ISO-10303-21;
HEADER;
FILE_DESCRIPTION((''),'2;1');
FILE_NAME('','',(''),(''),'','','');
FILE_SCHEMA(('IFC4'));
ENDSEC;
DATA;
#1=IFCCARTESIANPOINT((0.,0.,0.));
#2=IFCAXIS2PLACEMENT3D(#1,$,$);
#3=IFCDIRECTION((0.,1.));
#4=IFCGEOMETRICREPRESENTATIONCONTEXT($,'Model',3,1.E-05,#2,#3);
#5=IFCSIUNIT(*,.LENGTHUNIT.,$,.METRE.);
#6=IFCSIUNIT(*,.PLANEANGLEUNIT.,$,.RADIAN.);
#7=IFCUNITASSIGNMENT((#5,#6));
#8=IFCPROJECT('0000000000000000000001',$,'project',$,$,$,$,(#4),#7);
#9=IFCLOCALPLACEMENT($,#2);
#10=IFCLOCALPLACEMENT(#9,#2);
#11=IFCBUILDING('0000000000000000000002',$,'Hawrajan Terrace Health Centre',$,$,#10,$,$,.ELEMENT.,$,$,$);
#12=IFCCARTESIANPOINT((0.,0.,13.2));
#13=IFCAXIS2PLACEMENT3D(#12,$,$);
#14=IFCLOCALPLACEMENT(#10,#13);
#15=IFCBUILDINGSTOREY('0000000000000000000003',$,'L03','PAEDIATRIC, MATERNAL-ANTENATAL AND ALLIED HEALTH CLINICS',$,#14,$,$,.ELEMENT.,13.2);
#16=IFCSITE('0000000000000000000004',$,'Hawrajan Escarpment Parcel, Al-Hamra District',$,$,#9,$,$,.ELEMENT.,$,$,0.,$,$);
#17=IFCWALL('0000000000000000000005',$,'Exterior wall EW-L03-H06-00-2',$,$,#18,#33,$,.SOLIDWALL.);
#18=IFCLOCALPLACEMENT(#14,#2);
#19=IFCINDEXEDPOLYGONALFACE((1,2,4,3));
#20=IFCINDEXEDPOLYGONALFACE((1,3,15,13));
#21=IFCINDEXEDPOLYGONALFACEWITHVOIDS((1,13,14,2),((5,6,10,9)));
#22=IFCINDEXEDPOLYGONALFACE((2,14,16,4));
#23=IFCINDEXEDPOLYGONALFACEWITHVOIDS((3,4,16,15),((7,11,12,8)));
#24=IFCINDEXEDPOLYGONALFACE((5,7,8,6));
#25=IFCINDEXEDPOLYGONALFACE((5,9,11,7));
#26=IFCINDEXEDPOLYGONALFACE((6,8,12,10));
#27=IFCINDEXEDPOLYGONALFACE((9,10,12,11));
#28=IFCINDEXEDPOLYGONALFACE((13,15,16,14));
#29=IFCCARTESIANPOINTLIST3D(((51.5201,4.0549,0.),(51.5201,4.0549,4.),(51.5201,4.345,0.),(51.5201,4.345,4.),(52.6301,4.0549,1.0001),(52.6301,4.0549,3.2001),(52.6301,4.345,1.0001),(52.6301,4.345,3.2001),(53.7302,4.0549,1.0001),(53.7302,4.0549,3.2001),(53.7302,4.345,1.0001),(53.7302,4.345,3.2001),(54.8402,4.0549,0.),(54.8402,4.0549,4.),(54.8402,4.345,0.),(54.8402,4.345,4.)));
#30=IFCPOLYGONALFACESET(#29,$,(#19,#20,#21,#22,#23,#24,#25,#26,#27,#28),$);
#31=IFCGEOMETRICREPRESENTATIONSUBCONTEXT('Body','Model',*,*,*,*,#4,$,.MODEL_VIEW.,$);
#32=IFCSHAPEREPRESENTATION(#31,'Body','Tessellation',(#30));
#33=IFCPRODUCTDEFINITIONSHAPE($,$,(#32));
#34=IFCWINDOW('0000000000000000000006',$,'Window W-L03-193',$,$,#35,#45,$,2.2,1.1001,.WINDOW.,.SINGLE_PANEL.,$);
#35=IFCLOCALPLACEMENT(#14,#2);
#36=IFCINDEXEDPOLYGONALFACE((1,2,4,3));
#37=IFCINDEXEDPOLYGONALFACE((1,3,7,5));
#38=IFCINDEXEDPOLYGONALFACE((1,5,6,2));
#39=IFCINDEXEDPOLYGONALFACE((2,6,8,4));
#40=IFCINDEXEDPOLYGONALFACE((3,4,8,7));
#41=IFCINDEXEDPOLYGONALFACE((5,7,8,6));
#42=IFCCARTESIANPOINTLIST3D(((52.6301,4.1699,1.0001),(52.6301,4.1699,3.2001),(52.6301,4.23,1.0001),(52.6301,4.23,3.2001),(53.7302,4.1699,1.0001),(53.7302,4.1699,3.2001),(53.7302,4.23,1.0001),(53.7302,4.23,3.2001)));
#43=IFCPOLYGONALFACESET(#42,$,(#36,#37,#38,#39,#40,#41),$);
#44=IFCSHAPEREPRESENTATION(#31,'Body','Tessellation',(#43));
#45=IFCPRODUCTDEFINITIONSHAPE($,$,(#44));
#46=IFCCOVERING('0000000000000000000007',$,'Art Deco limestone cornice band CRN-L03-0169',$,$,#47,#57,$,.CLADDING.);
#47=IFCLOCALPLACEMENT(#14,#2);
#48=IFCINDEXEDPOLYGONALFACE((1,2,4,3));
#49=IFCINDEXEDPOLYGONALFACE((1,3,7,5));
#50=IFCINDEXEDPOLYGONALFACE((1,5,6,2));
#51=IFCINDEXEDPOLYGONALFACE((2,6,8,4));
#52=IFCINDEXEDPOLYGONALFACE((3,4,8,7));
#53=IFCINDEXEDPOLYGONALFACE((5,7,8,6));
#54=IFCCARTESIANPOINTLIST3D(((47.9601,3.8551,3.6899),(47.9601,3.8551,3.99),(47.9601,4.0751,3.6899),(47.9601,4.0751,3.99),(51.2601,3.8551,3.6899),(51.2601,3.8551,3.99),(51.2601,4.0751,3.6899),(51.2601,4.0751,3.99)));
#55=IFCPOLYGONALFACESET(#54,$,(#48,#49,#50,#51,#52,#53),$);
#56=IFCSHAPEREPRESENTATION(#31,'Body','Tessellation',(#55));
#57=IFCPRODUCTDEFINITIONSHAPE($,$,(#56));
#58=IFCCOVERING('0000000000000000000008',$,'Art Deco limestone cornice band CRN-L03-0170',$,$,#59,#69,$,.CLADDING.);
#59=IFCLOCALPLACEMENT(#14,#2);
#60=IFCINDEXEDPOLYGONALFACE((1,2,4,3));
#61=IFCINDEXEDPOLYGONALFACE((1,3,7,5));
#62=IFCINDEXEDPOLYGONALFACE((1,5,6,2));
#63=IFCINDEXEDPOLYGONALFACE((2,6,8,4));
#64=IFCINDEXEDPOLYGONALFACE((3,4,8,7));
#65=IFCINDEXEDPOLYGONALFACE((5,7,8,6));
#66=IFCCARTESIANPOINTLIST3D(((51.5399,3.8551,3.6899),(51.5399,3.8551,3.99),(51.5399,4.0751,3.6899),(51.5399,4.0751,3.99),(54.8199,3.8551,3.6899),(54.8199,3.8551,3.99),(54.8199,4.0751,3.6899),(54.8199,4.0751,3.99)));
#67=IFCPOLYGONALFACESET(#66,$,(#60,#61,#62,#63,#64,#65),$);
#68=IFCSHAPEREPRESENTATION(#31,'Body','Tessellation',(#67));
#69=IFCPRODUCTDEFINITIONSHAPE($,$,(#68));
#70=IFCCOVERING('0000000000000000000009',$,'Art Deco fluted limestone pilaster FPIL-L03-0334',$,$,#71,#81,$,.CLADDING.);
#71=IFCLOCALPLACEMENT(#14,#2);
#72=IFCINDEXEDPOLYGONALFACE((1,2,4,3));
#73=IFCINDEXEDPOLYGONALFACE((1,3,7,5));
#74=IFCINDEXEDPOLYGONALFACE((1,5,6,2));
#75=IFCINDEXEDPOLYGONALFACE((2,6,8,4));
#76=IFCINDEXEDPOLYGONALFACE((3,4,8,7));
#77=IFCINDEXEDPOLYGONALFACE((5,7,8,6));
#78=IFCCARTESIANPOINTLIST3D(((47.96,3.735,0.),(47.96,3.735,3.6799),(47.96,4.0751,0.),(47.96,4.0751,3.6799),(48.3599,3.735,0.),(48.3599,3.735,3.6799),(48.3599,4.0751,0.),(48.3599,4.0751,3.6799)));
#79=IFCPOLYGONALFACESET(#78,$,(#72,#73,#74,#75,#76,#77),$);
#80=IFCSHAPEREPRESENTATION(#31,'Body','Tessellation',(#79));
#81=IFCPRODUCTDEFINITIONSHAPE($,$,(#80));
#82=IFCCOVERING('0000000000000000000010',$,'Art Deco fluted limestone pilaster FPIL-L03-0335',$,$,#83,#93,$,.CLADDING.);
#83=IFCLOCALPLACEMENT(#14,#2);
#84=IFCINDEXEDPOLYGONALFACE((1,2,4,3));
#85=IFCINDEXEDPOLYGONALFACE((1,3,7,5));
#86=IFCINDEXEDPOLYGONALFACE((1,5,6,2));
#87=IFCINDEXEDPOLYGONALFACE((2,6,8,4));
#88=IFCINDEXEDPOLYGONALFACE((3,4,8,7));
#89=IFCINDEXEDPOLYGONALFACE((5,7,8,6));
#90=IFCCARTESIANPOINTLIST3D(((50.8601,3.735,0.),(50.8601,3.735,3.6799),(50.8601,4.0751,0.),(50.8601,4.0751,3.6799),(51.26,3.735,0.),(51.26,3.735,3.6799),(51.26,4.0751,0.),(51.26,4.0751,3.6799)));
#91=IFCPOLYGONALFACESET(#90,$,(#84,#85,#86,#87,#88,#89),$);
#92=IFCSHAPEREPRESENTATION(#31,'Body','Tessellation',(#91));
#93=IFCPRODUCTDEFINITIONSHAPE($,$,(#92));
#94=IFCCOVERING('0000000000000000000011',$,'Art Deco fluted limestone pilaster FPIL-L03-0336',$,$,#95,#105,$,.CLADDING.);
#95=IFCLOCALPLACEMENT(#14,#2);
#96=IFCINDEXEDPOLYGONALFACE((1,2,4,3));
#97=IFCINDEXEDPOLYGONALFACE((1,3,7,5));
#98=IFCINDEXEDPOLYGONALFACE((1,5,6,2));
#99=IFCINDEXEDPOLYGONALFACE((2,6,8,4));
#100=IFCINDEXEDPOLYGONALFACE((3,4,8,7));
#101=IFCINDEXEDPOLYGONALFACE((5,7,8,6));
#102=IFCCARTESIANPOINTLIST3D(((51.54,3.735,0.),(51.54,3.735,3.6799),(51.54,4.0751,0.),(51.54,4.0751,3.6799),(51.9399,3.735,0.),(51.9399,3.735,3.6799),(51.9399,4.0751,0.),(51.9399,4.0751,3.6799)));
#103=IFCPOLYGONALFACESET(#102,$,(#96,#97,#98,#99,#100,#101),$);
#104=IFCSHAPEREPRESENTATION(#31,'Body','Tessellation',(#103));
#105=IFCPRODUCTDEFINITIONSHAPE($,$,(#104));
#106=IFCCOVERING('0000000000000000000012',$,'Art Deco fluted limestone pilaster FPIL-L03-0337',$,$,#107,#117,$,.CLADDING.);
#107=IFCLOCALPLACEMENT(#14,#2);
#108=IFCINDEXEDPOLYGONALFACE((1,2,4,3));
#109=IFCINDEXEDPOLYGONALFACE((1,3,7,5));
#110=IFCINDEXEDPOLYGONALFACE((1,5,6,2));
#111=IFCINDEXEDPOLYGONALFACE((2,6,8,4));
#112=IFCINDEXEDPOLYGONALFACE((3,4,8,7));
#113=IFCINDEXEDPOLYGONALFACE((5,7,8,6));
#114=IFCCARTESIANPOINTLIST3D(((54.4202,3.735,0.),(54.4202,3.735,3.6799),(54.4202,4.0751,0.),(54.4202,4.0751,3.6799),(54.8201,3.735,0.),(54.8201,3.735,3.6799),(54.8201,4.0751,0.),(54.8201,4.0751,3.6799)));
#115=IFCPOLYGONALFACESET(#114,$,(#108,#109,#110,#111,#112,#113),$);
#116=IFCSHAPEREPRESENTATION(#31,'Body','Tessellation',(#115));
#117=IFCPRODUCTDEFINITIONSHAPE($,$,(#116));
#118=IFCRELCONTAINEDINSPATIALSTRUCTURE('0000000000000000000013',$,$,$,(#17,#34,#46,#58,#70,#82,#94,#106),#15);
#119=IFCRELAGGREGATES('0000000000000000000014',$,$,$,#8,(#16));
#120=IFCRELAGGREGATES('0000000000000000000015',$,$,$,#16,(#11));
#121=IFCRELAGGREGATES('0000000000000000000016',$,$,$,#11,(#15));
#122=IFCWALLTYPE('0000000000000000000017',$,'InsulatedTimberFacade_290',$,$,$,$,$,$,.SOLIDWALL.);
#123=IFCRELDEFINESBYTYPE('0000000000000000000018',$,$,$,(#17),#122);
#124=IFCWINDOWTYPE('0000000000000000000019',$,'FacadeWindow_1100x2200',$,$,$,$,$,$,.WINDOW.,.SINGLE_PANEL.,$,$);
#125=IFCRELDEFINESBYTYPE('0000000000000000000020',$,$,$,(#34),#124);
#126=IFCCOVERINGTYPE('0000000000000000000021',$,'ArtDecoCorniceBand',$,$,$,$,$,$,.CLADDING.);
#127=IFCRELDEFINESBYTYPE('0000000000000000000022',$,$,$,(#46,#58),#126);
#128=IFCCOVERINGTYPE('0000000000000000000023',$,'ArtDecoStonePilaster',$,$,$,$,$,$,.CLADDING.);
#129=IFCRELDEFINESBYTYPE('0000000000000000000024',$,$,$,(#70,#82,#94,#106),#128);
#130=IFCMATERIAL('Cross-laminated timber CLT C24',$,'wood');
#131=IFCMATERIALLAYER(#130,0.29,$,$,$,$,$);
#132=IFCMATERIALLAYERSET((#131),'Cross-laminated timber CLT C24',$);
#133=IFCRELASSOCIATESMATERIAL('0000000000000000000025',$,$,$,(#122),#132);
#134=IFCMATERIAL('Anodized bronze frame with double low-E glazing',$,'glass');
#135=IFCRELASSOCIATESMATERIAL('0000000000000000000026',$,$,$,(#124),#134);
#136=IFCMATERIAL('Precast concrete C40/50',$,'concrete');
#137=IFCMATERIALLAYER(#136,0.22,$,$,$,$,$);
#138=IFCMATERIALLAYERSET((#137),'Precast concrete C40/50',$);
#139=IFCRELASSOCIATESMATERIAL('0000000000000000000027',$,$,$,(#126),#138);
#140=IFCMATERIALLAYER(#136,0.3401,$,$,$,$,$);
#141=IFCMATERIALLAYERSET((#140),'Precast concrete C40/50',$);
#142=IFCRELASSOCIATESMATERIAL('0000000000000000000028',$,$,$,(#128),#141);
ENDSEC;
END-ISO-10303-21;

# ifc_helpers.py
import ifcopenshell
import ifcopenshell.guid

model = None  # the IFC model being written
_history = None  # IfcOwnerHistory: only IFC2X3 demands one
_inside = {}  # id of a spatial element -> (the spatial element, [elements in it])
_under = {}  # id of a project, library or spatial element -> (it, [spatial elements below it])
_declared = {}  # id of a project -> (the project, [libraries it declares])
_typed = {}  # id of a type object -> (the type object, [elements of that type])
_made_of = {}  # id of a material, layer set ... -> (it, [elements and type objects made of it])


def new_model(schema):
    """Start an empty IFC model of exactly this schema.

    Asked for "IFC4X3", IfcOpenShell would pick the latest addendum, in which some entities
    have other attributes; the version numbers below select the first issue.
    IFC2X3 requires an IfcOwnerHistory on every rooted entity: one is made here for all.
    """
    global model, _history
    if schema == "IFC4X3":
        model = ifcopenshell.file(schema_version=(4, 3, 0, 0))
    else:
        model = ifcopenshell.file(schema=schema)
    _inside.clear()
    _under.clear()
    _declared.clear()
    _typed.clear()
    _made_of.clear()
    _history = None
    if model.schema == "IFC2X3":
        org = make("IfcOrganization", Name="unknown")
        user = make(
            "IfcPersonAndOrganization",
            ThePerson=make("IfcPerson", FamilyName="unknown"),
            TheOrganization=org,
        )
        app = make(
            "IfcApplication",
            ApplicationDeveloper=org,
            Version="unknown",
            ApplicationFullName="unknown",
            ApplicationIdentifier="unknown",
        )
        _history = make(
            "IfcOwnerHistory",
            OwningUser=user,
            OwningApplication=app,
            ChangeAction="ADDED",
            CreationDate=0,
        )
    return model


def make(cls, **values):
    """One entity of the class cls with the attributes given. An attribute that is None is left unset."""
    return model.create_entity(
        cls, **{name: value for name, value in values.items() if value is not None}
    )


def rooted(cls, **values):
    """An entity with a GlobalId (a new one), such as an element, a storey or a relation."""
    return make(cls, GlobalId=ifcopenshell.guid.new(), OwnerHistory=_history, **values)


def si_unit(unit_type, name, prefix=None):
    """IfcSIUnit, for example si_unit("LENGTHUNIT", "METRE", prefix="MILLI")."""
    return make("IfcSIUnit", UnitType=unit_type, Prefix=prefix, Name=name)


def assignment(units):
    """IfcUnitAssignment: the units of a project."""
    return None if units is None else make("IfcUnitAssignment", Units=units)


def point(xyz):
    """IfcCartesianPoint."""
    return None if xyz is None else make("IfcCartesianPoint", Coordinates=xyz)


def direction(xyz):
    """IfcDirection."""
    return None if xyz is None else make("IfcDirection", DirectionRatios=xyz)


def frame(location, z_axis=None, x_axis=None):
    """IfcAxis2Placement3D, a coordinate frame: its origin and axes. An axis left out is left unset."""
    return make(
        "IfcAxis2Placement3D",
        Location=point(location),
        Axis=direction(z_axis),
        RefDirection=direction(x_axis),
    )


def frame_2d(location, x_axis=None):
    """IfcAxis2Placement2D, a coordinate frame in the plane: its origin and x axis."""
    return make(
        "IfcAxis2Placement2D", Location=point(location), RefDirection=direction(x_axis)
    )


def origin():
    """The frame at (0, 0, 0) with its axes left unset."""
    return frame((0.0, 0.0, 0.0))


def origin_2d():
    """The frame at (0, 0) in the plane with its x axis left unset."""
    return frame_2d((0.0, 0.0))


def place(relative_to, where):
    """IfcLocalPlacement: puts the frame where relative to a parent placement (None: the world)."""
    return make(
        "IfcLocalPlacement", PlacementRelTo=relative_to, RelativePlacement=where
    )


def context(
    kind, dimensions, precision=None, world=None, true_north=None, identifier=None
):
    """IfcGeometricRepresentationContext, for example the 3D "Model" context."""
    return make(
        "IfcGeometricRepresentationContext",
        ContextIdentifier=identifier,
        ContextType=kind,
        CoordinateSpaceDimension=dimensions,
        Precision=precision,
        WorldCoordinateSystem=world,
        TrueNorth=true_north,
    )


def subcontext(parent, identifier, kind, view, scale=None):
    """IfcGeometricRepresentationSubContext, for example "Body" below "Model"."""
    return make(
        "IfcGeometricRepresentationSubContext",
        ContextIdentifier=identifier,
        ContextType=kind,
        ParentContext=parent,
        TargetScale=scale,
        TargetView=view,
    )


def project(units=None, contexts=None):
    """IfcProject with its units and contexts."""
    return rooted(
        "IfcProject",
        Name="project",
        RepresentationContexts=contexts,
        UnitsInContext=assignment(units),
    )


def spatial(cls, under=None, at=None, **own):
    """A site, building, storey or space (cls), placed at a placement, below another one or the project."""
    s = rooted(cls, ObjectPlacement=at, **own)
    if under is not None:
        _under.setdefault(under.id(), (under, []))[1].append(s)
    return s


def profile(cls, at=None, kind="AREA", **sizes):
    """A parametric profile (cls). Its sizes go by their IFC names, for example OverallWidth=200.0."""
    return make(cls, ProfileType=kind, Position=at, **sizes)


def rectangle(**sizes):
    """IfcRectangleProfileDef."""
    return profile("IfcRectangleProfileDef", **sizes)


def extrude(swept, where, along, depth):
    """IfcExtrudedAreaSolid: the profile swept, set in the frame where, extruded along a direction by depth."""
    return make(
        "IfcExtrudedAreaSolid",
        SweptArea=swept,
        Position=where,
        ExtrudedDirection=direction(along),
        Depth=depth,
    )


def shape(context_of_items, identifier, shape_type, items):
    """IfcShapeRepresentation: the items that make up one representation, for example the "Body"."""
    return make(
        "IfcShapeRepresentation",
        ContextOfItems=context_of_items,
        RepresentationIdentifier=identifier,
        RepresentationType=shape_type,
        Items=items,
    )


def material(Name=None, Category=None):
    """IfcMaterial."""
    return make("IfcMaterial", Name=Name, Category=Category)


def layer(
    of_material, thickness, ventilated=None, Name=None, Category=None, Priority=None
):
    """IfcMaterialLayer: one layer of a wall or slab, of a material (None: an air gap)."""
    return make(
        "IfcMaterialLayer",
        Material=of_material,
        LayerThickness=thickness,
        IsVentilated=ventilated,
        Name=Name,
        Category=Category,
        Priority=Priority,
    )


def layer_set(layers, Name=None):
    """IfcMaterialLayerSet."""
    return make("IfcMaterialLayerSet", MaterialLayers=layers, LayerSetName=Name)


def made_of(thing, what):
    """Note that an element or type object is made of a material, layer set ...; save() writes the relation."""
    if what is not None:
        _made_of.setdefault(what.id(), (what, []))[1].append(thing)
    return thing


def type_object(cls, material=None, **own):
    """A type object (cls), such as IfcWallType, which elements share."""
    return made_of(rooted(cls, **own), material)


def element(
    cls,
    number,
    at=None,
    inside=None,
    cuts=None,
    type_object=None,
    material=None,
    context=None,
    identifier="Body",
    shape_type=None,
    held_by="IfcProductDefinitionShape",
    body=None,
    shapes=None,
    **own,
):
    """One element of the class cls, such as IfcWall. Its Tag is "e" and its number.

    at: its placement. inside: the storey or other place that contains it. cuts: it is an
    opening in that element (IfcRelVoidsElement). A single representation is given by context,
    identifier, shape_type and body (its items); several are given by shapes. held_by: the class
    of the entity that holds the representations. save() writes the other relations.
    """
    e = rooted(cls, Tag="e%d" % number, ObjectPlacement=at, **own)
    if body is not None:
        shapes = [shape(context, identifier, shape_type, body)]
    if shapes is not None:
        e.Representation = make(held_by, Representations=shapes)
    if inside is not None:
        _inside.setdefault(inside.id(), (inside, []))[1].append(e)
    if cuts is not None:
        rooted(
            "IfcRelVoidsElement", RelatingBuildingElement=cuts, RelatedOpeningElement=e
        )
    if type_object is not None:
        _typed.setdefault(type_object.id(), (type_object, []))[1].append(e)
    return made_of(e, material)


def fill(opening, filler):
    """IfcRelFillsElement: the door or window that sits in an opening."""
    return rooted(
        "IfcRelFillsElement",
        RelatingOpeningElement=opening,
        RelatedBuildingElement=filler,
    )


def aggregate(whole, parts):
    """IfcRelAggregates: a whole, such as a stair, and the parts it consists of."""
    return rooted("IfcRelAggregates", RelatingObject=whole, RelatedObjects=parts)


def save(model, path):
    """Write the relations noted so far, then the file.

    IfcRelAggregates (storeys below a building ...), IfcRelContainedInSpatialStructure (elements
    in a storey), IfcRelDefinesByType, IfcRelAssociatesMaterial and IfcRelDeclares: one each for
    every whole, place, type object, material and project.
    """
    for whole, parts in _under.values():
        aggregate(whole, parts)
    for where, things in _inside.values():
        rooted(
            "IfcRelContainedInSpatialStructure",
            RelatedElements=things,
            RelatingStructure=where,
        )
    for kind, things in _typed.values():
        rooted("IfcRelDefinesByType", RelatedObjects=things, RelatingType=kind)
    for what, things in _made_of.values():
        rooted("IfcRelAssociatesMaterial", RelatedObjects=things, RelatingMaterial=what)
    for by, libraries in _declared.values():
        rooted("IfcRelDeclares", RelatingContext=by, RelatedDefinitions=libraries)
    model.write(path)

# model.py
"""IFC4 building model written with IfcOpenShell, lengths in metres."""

from ifc_helpers import new_model, si_unit, direction, frame, frame_2d, origin, origin_2d, place, context, subcontext, project, spatial, rectangle, extrude, material, layer, layer_set, type_object, element, fill, save


model = new_model("IFC4")

# Units and contexts
model_context = context("Model", 3, precision=1e-05, world=origin(), true_north=direction((0.0, 1.0)))
body_context = subcontext(model_context, "Body", "Model", "MODEL_VIEW")
ifc_project = project(units=[si_unit("LENGTHUNIT", "METRE"), si_unit("PLANEANGLEUNIT", "RADIAN")], contexts=[model_context])

# Site, building, storey
site_placement = place(None, origin())
site = spatial("IfcSite", under=ifc_project, at=site_placement, Name="Hawrajan Escarpment Parcel, Al-Hamra District", CompositionType="ELEMENT", RefElevation=0.0)
building_placement = place(site_placement, origin())
building = spatial("IfcBuilding", under=site, at=building_placement, Name="Hawrajan Terrace Health Centre", CompositionType="ELEMENT")
storey_placement = place(building_placement, frame((0.0, 0.0, 13.2)))
storey = spatial("IfcBuildingStorey", under=building, at=storey_placement, Name="L03", Description="PAEDIATRIC, MATERNAL-ANTENATAL AND ALLIED HEALTH CLINICS", CompositionType="ELEMENT", Elevation=13.2)

# Shared definitions
ifc_material_1 = material(Name="Cross-laminated timber CLT C24", Category="wood")

# Wall, opening, window
ifc_layer_1 = layer(ifc_material_1, 0.29)
ifc_layer_set_1 = layer_set([ifc_layer_1], Name="Cross-laminated timber CLT C24")
wall_type_1 = type_object("IfcWallType", Name="InsulatedTimberFacade_290", PredefinedType="SOLIDWALL", material=ifc_layer_set_1)
wall_1_placement = place(storey_placement, frame((51.52, 4.2, 0.0), z_axis=(0.0, 0.0, 1.0), x_axis=(1.0, 0.0, 0.0)))
wall_1 = element("IfcWall", 1, at=wall_1_placement, inside=storey, type_object=wall_type_1, Name="Exterior wall EW-L03-H06-00-2", PredefinedType="SOLIDWALL", context=body_context, shape_type="SweptSolid", body=[
    extrude(rectangle(XDim=3.3201, YDim=0.29, at=frame_2d((1.6602, 0.0))), origin(), (0.0, 0.0, 1.0), 4.0),
])
opening_1_placement = place(wall_1_placement, frame((1.1101, 0.0, 1.0)))
opening_1 = element("IfcOpeningElement", 2, at=opening_1_placement, cuts=wall_1, PredefinedType="OPENING", context=body_context, shape_type="SweptSolid", body=[
    extrude(rectangle(XDim=1.1001, YDim=2.2, at=frame_2d((0.55, 1.1001))), frame((0.0, 0.155, 0.0), z_axis=(0.0, -1.0, 0.0), x_axis=(1.0, 0.0, 0.0)), (0.0, 0.0, 1.0), 0.3101),
])
ifc_material_2 = material(Name="Anodized bronze frame with double low-E glazing", Category="glass")
window_type = type_object("IfcWindowType", Name="FacadeWindow_1100x2200", PartitioningType="SINGLE_PANEL", PredefinedType="WINDOW", material=ifc_material_2)
window_placement = place(opening_1_placement, origin())
window = element("IfcWindow", 3, at=window_placement, inside=storey, type_object=window_type, Name="Window W-L03-193", OverallHeight=2.2, OverallWidth=1.1001, PartitioningType="SINGLE_PANEL", PredefinedType="WINDOW", context=body_context, shape_type="SweptSolid", body=[
    extrude(rectangle(XDim=1.1001, YDim=2.2, at=frame_2d((0.55, 1.1001))), frame((0.0, 0.03, 0.0), z_axis=(0.0, -1.0, 0.0), x_axis=(1.0, 0.0, 0.0)), (0.0, 0.0, 1.0), 0.0601),
])
fill(opening_1, window)

# Coverings
ifc_material_3 = material(Name="Precast concrete C40/50", Category="concrete")
ifc_layer_2 = layer(ifc_material_3, 0.22)
ifc_layer_set_2 = layer_set([ifc_layer_2], Name="Precast concrete C40/50")
covering_type_1 = type_object("IfcCoveringType", Name="ArtDecoCorniceBand", PredefinedType="CLADDING", material=ifc_layer_set_2)
covering_1_placement = place(storey_placement, frame((49.6101, 3.9651, 3.6899), z_axis=(0.0, 0.0, 1.0), x_axis=(1.0, 0.0, 0.0)))
element("IfcCovering", 4, at=covering_1_placement, inside=storey, type_object=covering_type_1, Name="Art Deco limestone cornice band CRN-L03-0169", PredefinedType="CLADDING", context=body_context, shape_type="SweptSolid", body=[
    extrude(rectangle(XDim=3.3, YDim=0.22, at=origin_2d()), origin(), (0.0, 0.0, 1.0), 0.3),
])
covering_2_placement = place(storey_placement, frame((53.1799, 3.9651, 3.6899), z_axis=(0.0, 0.0, 1.0), x_axis=(1.0, 0.0, 0.0)))
element("IfcCovering", 5, at=covering_2_placement, inside=storey, type_object=covering_type_1, Name="Art Deco limestone cornice band CRN-L03-0170", PredefinedType="CLADDING", context=body_context, shape_type="SweptSolid", body=[
    extrude(rectangle(XDim=3.28, YDim=0.22, at=origin_2d()), origin(), (0.0, 0.0, 1.0), 0.3),
])
ifc_layer_3 = layer(ifc_material_3, 0.3401)
ifc_layer_set_3 = layer_set([ifc_layer_3], Name="Precast concrete C40/50")
covering_type_2 = type_object("IfcCoveringType", Name="ArtDecoStonePilaster", PredefinedType="CLADDING", material=ifc_layer_set_3)
for number, where, z_axis, x_axis, name in (
    (6, (48.1599, 3.905, 0.0), (0.0, 0.0, 1.0), (1.0, 0.0, 0.0), "Art Deco fluted limestone pilaster FPIL-L03-0334"),
    (7, (51.0601, 3.905, 0.0), (0.0, 0.0, 1.0), (1.0, 0.0, 0.0), "Art Deco fluted limestone pilaster FPIL-L03-0335"),
    (8, (51.74, 3.905, 0.0), (0.0, 0.0, 1.0), (1.0, 0.0, 0.0), "Art Deco fluted limestone pilaster FPIL-L03-0336"),
    (9, (54.6201, 3.905, 0.0), (0.0, 0.0, 1.0), (1.0, 0.0, 0.0), "Art Deco fluted limestone pilaster FPIL-L03-0337"),
):
    element("IfcCovering", number, at=place(storey_placement, frame(where, z_axis=z_axis, x_axis=x_axis)), inside=storey, type_object=covering_type_2, Name=name, PredefinedType="CLADDING", context=body_context, shape_type="SweptSolid", body=[
        extrude(rectangle(XDim=0.3999, YDim=0.3401, at=origin_2d()), origin(), (0.0, 0.0, 1.0), 3.6799),
    ])

save(model, "model.ifc")
